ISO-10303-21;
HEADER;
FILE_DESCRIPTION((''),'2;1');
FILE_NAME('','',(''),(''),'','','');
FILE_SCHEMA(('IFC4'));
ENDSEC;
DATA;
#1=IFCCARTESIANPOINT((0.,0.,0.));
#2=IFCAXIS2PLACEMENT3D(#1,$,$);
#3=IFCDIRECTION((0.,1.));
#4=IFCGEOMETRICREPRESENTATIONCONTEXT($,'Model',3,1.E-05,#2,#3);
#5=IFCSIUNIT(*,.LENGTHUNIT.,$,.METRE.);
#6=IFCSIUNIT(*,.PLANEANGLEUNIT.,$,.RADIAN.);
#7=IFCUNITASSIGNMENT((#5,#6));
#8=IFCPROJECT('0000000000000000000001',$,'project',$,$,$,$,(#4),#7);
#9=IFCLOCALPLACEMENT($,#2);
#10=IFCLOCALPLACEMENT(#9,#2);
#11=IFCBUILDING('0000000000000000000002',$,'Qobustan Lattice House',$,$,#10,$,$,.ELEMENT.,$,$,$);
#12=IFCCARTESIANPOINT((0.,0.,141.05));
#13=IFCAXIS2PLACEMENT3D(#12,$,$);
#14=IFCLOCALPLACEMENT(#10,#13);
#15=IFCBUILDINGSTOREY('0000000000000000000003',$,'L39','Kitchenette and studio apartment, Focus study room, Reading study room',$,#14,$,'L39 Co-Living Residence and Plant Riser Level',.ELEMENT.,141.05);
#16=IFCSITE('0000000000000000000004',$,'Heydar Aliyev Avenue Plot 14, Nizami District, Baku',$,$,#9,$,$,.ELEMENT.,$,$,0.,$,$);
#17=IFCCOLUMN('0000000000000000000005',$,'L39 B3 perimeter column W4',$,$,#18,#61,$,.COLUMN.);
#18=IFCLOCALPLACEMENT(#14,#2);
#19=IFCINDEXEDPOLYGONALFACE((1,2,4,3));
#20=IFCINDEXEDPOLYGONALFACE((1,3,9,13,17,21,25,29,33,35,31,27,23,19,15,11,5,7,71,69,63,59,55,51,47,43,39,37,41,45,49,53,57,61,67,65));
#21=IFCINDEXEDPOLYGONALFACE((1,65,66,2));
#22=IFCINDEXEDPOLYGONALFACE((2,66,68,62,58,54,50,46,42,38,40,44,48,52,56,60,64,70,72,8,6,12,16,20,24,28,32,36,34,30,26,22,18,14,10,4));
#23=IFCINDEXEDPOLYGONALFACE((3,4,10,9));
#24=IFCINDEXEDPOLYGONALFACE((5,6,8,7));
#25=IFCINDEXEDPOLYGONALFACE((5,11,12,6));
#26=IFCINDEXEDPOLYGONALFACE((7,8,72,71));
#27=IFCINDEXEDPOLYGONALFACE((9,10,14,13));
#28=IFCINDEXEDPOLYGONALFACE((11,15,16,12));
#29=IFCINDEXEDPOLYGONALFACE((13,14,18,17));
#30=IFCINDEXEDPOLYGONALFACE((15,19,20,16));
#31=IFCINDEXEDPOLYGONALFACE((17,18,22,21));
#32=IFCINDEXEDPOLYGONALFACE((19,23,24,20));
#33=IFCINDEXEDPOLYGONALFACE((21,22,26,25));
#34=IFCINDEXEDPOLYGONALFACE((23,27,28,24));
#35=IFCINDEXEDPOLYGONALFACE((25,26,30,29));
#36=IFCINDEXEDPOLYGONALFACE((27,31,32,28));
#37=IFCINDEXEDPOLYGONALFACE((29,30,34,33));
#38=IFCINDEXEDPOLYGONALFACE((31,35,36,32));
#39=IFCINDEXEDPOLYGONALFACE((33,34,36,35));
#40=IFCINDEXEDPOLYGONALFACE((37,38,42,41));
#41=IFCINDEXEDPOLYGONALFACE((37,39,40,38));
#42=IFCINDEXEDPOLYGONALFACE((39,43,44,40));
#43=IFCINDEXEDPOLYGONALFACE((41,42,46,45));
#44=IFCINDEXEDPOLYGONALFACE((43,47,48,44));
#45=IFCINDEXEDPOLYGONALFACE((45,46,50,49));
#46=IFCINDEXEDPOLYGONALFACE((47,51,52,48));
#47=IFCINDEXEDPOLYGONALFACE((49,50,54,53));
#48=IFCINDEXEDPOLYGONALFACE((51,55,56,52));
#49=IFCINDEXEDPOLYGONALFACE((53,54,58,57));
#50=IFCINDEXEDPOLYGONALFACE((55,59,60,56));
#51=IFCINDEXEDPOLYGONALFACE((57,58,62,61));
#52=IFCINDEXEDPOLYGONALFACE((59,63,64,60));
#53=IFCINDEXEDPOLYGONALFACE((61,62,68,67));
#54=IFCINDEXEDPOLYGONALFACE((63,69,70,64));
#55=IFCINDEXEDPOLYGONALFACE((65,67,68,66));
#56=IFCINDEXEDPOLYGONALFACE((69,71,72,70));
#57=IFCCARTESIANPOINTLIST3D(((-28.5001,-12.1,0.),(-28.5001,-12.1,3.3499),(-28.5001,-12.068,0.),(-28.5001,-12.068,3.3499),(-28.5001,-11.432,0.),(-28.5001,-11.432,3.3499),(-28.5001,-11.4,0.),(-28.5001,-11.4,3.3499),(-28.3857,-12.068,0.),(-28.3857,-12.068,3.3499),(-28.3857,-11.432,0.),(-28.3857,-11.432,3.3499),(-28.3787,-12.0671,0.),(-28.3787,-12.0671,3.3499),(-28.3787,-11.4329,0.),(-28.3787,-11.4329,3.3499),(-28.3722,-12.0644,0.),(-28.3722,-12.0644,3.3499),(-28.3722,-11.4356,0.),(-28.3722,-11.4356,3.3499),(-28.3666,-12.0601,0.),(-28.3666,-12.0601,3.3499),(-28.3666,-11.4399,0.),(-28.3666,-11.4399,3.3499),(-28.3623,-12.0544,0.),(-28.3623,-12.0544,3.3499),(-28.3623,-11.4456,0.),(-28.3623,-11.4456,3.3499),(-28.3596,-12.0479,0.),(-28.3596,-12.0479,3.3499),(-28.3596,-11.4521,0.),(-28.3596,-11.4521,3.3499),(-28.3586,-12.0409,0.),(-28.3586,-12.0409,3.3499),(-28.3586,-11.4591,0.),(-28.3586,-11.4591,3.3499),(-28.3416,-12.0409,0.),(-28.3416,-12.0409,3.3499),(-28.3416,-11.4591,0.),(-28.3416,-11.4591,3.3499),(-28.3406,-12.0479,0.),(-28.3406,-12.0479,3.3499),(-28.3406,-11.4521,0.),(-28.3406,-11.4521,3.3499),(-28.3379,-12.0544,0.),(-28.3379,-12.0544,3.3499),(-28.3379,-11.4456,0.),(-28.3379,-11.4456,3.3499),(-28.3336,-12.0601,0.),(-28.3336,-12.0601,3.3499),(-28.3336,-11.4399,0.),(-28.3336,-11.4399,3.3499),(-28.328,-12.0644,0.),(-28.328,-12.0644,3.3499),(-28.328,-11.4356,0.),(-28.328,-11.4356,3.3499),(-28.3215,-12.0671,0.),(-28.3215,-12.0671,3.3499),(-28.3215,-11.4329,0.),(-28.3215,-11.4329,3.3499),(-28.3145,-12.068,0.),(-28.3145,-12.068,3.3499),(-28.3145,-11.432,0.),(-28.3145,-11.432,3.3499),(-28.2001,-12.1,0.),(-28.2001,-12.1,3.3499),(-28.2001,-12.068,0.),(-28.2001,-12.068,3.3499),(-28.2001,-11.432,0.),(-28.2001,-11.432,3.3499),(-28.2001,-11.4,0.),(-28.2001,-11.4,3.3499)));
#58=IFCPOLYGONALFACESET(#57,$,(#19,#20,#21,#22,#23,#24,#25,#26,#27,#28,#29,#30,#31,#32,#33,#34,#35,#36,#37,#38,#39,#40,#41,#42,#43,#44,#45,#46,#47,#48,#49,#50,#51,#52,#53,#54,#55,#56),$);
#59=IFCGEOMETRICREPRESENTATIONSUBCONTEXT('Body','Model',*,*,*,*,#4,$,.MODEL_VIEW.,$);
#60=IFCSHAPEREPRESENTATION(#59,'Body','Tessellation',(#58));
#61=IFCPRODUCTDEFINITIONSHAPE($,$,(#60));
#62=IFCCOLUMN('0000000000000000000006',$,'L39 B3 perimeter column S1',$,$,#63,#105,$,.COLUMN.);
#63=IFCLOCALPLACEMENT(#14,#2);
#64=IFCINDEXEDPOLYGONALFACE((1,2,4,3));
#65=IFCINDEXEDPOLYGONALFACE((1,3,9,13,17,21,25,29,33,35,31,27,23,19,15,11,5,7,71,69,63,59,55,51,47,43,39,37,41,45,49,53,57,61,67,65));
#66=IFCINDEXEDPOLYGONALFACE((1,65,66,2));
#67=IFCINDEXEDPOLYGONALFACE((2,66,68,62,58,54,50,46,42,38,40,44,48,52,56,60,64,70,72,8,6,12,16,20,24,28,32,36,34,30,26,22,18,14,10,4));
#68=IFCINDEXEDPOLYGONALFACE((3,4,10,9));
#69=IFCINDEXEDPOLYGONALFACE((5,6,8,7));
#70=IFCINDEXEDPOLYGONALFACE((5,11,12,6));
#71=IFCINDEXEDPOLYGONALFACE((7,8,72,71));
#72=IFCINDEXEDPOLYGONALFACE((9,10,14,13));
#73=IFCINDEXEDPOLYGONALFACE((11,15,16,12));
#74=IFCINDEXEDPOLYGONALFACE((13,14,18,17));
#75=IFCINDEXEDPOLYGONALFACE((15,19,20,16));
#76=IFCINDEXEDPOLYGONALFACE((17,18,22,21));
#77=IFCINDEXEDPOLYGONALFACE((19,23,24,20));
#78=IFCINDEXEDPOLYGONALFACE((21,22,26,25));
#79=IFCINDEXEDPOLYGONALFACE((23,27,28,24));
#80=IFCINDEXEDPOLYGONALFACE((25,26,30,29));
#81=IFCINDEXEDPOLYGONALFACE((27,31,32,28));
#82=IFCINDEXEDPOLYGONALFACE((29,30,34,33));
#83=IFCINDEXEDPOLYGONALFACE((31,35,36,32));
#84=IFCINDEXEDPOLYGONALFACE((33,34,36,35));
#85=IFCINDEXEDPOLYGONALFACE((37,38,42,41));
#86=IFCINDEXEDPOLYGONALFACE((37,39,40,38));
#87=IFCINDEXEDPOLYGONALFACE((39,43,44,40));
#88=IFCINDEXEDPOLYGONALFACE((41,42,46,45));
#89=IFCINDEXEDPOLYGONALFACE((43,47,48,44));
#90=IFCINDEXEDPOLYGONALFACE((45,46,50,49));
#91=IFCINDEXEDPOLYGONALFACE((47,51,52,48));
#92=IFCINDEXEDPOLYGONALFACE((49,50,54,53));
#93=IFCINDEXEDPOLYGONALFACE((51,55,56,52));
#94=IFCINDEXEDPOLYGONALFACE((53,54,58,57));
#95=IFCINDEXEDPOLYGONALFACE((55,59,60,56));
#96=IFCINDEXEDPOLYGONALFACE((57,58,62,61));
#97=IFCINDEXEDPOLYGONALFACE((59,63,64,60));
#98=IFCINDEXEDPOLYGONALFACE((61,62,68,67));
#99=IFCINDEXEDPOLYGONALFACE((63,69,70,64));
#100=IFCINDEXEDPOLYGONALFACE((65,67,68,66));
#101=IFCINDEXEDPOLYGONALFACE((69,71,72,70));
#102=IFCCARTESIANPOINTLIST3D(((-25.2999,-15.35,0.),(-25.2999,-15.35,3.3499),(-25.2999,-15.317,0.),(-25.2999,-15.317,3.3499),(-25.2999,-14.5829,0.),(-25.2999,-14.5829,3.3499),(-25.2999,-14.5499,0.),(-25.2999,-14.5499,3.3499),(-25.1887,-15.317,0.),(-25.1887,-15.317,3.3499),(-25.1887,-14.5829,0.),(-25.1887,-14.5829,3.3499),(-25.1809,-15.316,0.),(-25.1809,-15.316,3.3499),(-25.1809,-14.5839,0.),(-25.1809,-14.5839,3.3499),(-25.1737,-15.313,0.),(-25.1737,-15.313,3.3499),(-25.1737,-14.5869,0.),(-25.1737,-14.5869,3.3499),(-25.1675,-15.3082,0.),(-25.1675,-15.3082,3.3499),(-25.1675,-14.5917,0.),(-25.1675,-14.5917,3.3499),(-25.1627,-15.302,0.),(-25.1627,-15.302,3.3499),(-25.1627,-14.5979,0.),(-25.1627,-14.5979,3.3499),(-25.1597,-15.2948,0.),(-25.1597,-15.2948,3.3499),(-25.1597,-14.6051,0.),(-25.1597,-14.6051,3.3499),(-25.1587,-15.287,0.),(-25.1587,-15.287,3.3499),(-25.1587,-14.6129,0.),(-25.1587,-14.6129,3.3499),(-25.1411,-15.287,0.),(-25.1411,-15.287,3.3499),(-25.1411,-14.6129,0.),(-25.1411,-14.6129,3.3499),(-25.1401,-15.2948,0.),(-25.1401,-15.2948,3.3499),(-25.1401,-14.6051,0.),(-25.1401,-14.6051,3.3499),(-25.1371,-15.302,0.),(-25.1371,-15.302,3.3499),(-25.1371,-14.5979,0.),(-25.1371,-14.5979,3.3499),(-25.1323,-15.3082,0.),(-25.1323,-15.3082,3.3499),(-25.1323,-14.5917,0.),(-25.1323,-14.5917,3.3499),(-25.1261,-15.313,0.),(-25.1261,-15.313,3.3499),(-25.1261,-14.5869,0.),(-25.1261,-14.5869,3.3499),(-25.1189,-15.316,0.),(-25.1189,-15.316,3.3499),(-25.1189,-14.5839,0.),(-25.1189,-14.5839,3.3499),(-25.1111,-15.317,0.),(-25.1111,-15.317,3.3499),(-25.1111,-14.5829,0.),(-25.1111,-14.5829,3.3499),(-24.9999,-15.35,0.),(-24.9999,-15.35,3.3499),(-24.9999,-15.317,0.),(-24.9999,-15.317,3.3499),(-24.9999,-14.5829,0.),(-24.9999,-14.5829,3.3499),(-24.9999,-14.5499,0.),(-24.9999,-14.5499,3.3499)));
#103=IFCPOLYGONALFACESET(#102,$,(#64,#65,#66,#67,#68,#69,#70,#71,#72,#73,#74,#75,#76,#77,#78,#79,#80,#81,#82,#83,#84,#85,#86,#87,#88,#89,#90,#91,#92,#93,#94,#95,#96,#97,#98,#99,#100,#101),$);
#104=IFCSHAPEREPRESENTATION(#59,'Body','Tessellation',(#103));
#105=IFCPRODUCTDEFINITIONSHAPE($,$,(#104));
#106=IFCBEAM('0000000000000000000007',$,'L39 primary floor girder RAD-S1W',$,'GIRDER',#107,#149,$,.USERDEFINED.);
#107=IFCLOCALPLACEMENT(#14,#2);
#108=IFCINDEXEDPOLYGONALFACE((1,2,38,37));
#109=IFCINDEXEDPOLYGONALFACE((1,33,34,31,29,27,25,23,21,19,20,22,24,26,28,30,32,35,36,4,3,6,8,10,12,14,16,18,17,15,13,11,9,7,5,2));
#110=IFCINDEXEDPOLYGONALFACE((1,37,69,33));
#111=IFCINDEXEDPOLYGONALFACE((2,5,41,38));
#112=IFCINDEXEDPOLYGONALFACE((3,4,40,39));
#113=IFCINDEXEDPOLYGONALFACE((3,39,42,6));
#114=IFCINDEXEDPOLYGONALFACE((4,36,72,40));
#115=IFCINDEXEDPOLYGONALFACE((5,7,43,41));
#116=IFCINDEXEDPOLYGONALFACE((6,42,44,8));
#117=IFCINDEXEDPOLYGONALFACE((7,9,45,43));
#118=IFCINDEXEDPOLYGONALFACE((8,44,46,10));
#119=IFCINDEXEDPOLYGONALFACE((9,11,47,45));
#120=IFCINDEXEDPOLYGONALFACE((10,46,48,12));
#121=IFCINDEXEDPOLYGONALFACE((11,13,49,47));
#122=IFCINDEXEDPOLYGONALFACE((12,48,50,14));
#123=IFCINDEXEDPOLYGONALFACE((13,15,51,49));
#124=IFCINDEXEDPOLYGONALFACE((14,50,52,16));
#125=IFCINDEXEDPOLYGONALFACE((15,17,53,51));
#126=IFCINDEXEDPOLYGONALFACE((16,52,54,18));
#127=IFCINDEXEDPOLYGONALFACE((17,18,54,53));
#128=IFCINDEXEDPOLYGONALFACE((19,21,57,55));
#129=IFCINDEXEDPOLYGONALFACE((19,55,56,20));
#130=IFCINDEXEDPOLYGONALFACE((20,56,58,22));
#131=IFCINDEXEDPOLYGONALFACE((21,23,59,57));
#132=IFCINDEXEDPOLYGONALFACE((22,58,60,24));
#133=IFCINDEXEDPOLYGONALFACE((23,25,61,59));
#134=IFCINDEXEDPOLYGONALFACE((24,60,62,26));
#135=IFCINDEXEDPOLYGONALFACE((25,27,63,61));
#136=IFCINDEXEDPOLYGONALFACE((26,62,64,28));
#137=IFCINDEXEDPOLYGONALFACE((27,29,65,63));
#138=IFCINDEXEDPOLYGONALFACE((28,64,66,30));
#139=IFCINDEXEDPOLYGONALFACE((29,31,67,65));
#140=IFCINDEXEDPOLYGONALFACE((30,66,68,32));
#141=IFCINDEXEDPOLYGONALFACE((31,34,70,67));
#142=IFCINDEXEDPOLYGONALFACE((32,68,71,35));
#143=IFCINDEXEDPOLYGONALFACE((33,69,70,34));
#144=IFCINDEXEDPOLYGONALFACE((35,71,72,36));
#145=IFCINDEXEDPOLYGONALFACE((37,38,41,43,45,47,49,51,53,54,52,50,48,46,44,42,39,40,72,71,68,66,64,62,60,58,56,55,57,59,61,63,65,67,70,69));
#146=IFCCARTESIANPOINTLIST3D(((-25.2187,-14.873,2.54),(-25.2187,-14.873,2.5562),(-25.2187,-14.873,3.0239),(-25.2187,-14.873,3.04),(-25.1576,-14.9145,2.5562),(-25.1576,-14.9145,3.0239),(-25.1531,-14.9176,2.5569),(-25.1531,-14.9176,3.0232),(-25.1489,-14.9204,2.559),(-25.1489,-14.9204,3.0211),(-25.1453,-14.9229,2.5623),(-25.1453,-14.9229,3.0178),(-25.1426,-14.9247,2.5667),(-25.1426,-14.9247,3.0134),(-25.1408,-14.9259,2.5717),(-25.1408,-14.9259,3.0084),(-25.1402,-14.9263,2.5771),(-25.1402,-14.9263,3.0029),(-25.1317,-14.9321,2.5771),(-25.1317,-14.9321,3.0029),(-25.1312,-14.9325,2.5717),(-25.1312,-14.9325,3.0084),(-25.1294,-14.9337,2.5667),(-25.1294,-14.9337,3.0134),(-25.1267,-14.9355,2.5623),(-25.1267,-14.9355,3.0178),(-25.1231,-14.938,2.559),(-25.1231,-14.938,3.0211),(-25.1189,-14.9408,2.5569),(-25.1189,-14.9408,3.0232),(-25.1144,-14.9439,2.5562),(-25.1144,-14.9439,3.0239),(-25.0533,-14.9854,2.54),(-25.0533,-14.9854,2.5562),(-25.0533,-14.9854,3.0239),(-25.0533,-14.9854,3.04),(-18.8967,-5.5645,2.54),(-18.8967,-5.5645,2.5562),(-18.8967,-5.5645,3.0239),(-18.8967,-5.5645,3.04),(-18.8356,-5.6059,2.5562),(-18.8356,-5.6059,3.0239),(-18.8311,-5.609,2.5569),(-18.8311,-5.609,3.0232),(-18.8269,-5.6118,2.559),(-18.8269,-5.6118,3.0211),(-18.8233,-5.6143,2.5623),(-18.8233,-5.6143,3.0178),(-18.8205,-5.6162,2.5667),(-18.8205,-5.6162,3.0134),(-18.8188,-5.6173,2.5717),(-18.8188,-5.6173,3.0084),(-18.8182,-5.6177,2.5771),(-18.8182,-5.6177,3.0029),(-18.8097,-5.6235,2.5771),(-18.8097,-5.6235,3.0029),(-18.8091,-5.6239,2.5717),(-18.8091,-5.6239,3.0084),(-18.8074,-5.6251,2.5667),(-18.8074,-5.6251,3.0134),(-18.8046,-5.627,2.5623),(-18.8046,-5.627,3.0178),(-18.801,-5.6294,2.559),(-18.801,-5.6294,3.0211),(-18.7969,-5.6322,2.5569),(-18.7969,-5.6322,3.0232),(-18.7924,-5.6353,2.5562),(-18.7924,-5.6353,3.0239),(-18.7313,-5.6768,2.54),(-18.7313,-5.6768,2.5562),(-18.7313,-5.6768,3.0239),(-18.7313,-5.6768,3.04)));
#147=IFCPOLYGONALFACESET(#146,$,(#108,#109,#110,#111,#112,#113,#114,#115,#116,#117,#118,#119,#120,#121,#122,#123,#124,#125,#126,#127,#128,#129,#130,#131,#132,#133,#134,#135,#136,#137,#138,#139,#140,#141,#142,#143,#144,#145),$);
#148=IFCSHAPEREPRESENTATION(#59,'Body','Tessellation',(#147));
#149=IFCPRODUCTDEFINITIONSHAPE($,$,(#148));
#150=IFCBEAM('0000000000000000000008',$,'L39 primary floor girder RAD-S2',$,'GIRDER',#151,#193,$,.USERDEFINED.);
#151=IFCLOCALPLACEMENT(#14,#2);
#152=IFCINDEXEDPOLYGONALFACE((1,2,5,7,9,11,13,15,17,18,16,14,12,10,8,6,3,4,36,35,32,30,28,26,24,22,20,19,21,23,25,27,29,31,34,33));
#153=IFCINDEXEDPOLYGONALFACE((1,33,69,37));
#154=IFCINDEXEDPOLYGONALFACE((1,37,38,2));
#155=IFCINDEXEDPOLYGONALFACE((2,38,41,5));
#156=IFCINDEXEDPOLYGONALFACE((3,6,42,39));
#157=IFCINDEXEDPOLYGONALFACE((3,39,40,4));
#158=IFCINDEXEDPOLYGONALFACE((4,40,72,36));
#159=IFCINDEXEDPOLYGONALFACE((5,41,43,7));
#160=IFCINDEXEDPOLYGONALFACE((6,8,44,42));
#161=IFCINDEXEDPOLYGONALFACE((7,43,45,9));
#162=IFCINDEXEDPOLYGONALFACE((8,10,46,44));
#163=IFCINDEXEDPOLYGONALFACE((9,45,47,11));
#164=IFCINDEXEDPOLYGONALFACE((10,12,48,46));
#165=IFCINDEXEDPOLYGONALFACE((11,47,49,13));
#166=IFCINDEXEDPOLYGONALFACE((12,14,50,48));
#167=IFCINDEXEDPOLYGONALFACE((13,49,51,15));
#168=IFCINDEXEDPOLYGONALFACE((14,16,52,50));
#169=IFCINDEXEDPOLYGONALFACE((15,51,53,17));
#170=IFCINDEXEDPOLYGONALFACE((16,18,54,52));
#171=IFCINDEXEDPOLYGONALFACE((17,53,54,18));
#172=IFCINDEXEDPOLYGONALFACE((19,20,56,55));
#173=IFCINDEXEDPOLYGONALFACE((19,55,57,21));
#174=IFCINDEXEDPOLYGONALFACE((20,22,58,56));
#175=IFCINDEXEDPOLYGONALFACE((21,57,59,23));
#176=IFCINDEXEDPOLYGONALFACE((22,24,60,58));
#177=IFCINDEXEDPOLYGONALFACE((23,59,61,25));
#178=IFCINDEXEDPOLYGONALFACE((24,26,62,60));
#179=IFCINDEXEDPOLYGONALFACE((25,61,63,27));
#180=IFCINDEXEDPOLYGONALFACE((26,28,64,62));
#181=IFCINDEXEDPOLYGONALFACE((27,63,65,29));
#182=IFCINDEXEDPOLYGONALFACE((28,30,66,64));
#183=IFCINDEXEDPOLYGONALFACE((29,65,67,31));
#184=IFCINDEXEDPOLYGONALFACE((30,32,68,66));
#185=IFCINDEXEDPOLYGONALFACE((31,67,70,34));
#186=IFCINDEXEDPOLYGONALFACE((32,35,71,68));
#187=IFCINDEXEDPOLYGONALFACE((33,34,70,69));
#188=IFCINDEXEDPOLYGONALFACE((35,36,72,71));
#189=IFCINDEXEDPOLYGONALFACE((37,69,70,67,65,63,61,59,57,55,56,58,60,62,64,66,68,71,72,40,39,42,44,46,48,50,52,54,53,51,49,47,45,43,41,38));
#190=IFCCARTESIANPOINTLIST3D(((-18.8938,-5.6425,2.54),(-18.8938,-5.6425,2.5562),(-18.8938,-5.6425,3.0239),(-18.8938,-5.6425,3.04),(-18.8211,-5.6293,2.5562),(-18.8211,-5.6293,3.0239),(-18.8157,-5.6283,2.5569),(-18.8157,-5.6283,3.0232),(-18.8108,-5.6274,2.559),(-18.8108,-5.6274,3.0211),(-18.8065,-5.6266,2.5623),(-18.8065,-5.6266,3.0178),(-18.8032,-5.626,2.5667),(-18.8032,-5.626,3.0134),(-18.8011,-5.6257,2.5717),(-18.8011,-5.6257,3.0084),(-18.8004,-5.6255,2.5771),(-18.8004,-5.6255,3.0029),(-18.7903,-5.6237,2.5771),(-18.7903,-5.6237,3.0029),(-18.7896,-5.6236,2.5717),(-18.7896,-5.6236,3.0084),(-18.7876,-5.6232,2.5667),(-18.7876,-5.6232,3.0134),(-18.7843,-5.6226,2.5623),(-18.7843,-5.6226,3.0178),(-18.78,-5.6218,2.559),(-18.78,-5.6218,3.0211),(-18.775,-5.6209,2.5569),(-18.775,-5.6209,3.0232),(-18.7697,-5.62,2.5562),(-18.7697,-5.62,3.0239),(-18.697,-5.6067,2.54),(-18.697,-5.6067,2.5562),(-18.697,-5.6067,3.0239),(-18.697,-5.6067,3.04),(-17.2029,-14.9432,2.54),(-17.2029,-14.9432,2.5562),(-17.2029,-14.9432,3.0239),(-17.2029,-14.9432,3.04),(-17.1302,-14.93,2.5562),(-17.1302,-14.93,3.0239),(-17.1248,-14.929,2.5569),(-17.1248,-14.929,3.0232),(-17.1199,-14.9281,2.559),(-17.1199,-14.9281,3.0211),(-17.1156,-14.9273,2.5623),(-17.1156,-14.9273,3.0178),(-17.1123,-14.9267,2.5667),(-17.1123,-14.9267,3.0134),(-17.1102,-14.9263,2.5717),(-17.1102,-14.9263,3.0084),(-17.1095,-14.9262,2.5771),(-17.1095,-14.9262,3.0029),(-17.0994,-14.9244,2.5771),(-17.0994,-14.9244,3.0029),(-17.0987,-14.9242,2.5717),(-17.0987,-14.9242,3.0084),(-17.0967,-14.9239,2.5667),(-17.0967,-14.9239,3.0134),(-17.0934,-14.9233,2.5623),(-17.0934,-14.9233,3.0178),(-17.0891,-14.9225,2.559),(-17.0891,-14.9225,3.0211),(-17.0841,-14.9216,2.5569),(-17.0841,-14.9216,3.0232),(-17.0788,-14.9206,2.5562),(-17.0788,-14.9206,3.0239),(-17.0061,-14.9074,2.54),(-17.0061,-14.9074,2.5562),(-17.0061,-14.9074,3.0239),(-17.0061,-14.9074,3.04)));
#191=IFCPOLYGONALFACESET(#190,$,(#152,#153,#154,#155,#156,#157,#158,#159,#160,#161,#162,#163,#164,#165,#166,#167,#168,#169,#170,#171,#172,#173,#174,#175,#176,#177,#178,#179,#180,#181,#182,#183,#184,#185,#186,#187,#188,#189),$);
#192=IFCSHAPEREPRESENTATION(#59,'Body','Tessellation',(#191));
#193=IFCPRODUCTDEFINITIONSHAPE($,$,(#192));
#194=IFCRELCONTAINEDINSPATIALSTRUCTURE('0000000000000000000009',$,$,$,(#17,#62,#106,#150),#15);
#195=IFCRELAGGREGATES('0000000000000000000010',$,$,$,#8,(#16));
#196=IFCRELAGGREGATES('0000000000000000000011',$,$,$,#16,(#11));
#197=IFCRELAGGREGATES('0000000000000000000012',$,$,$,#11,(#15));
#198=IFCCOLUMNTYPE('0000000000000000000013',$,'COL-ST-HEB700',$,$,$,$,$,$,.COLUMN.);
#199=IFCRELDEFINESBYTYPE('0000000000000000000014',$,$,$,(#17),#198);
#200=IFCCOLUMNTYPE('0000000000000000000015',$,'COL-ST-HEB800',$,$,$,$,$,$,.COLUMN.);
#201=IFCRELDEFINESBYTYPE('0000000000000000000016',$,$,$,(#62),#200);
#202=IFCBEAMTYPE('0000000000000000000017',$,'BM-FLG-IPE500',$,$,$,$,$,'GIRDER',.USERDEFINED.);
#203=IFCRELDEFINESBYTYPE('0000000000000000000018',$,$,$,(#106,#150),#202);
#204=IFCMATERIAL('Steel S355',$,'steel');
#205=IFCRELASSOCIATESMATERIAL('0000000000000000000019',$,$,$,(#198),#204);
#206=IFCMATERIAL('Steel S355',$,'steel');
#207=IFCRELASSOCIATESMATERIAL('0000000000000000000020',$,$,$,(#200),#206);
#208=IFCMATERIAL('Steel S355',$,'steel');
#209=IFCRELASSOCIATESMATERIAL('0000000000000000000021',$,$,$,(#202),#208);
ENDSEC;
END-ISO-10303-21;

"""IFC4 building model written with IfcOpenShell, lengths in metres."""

from ifc_helpers import new_model, si_unit, direction, frame, origin, origin_2d, place, context, subcontext, project, spatial, i_section, extrude, material, material_profile, profile_set, type_object, element, save


model = new_model("IFC4")

# Units and contexts
model_context = context("Model", 3, precision=1e-05, world=origin(), true_north=direction((0.0, 1.0)))
body_context = subcontext(model_context, "Body", "Model", "MODEL_VIEW")
ifc_project = project(units=[si_unit("LENGTHUNIT", "METRE"), si_unit("PLANEANGLEUNIT", "RADIAN")], contexts=[model_context])

# Site, building, storey
site_placement = place(None, origin())
site = spatial("IfcSite", under=ifc_project, at=site_placement, Name="Heydar Aliyev Avenue Plot 14, Nizami District, Baku", CompositionType="ELEMENT", RefElevation=0.0)
building_placement = place(site_placement, origin())
building = spatial("IfcBuilding", under=site, at=building_placement, Name="Qobustan Lattice House", CompositionType="ELEMENT")
storey_placement = place(building_placement, frame((0.0, 0.0, 141.05)))
storey = spatial("IfcBuildingStorey", under=building, at=storey_placement, Name="L39", Description="Kitchenette and studio apartment, Focus study room, Reading study room", LongName="L39 Co-Living Residence and Plant Riser Level", CompositionType="ELEMENT", Elevation=141.05)

# Columns
ifc_material_1 = material(Name="Steel S355", Category="steel")
ifc_material_profile_1 = material_profile(ifc_material_1, i_section(OverallWidth=0.3, OverallDepth=0.7, WebThickness=0.0171, FlangeThickness=0.032, FilletRadius=0.0271, at=origin_2d()), Name="HEB700")
ifc_profile_set_1 = profile_set([ifc_material_profile_1], Name="Steel S355")
column_type_1 = type_object("IfcColumnType", Name="COL-ST-HEB700", PredefinedType="COLUMN", material=ifc_profile_set_1)
column_1_placement = place(storey_placement, frame((-28.3501, -11.75, 0.0), z_axis=(0.0, 0.0, 1.0), x_axis=(1.0, 0.0, 0.0)))
element("IfcColumn", 1, at=column_1_placement, inside=storey, type_object=column_type_1, Name="L39 B3 perimeter column W4", PredefinedType="COLUMN", context=body_context, shape_type="SweptSolid", body=[
    extrude(i_section(OverallWidth=0.3, OverallDepth=0.7, WebThickness=0.0171, FlangeThickness=0.032, FilletRadius=0.0271, at=origin_2d()), origin(), (0.0, 0.0, 1.0), 3.3499),
])
ifc_material_2 = material(Name="Steel S355", Category="steel")
ifc_material_profile_2 = material_profile(ifc_material_2, i_section(OverallWidth=0.3, OverallDepth=0.8, WebThickness=0.0176, FlangeThickness=0.033, FilletRadius=0.03, at=origin_2d()), Name="HEB800")
ifc_profile_set_2 = profile_set([ifc_material_profile_2], Name="Steel S355")
column_type_2 = type_object("IfcColumnType", Name="COL-ST-HEB800", PredefinedType="COLUMN", material=ifc_profile_set_2)
column_2_placement = place(storey_placement, frame((-25.1499, -14.95, 0.0), z_axis=(0.0, 0.0, 1.0), x_axis=(1.0, 0.0, 0.0)))
element("IfcColumn", 2, at=column_2_placement, inside=storey, type_object=column_type_2, Name="L39 B3 perimeter column S1", PredefinedType="COLUMN", context=body_context, shape_type="SweptSolid", body=[
    extrude(i_section(OverallWidth=0.3, OverallDepth=0.8, WebThickness=0.0176, FlangeThickness=0.033, FilletRadius=0.03, at=origin_2d()), origin(), (0.0, 0.0, 1.0), 3.3499),
])

# Beams
ifc_material_3 = material(Name="Steel S355", Category="steel")
ifc_material_profile_3 = material_profile(ifc_material_3, i_section(OverallWidth=0.2, OverallDepth=0.5, WebThickness=0.0103, FlangeThickness=0.0161, FilletRadius=0.021, at=origin_2d()), Name="IPE500")
ifc_profile_set_3 = profile_set([ifc_material_profile_3], Name="Steel S355")
beam_type_1 = type_object("IfcBeamType", Name="BM-FLG-IPE500", ElementType="GIRDER", PredefinedType="USERDEFINED", material=ifc_profile_set_3)
beam_1_placement = place(storey_placement, frame((-25.136, -14.9292, 2.79), z_axis=(0.561835, 0.82725, 0.0), x_axis=(-0.82725, 0.561835, 0.0)))
element("IfcBeam", 3, at=beam_1_placement, inside=storey, type_object=beam_type_1, Name="L39 primary floor girder RAD-S1W", ObjectType="GIRDER", PredefinedType="USERDEFINED", context=body_context, shape_type="SweptSolid", body=[
    extrude(i_section(OverallWidth=0.2, OverallDepth=0.5, WebThickness=0.0103, FlangeThickness=0.0161, FilletRadius=0.021, at=origin_2d()), origin(), (0.0, 0.0, 1.0), 11.2524),
])
beam_2_placement = place(storey_placement, frame((-17.1045, -14.9253, 2.79), z_axis=(-0.178872, 0.983872, 0.0), x_axis=(-0.983872, -0.178872, 0.0)))
element("IfcBeam", 4, at=beam_2_placement, inside=storey, type_object=beam_type_1, Name="L39 primary floor girder RAD-S2", ObjectType="GIRDER", PredefinedType="USERDEFINED", context=body_context, shape_type="SweptSolid", body=[
    extrude(i_section(OverallWidth=0.2, OverallDepth=0.5, WebThickness=0.0103, FlangeThickness=0.0161, FilletRadius=0.021, at=origin_2d()), origin(), (0.0, 0.0, 1.0), 9.4531),
])

save(model, "model.ifc")
